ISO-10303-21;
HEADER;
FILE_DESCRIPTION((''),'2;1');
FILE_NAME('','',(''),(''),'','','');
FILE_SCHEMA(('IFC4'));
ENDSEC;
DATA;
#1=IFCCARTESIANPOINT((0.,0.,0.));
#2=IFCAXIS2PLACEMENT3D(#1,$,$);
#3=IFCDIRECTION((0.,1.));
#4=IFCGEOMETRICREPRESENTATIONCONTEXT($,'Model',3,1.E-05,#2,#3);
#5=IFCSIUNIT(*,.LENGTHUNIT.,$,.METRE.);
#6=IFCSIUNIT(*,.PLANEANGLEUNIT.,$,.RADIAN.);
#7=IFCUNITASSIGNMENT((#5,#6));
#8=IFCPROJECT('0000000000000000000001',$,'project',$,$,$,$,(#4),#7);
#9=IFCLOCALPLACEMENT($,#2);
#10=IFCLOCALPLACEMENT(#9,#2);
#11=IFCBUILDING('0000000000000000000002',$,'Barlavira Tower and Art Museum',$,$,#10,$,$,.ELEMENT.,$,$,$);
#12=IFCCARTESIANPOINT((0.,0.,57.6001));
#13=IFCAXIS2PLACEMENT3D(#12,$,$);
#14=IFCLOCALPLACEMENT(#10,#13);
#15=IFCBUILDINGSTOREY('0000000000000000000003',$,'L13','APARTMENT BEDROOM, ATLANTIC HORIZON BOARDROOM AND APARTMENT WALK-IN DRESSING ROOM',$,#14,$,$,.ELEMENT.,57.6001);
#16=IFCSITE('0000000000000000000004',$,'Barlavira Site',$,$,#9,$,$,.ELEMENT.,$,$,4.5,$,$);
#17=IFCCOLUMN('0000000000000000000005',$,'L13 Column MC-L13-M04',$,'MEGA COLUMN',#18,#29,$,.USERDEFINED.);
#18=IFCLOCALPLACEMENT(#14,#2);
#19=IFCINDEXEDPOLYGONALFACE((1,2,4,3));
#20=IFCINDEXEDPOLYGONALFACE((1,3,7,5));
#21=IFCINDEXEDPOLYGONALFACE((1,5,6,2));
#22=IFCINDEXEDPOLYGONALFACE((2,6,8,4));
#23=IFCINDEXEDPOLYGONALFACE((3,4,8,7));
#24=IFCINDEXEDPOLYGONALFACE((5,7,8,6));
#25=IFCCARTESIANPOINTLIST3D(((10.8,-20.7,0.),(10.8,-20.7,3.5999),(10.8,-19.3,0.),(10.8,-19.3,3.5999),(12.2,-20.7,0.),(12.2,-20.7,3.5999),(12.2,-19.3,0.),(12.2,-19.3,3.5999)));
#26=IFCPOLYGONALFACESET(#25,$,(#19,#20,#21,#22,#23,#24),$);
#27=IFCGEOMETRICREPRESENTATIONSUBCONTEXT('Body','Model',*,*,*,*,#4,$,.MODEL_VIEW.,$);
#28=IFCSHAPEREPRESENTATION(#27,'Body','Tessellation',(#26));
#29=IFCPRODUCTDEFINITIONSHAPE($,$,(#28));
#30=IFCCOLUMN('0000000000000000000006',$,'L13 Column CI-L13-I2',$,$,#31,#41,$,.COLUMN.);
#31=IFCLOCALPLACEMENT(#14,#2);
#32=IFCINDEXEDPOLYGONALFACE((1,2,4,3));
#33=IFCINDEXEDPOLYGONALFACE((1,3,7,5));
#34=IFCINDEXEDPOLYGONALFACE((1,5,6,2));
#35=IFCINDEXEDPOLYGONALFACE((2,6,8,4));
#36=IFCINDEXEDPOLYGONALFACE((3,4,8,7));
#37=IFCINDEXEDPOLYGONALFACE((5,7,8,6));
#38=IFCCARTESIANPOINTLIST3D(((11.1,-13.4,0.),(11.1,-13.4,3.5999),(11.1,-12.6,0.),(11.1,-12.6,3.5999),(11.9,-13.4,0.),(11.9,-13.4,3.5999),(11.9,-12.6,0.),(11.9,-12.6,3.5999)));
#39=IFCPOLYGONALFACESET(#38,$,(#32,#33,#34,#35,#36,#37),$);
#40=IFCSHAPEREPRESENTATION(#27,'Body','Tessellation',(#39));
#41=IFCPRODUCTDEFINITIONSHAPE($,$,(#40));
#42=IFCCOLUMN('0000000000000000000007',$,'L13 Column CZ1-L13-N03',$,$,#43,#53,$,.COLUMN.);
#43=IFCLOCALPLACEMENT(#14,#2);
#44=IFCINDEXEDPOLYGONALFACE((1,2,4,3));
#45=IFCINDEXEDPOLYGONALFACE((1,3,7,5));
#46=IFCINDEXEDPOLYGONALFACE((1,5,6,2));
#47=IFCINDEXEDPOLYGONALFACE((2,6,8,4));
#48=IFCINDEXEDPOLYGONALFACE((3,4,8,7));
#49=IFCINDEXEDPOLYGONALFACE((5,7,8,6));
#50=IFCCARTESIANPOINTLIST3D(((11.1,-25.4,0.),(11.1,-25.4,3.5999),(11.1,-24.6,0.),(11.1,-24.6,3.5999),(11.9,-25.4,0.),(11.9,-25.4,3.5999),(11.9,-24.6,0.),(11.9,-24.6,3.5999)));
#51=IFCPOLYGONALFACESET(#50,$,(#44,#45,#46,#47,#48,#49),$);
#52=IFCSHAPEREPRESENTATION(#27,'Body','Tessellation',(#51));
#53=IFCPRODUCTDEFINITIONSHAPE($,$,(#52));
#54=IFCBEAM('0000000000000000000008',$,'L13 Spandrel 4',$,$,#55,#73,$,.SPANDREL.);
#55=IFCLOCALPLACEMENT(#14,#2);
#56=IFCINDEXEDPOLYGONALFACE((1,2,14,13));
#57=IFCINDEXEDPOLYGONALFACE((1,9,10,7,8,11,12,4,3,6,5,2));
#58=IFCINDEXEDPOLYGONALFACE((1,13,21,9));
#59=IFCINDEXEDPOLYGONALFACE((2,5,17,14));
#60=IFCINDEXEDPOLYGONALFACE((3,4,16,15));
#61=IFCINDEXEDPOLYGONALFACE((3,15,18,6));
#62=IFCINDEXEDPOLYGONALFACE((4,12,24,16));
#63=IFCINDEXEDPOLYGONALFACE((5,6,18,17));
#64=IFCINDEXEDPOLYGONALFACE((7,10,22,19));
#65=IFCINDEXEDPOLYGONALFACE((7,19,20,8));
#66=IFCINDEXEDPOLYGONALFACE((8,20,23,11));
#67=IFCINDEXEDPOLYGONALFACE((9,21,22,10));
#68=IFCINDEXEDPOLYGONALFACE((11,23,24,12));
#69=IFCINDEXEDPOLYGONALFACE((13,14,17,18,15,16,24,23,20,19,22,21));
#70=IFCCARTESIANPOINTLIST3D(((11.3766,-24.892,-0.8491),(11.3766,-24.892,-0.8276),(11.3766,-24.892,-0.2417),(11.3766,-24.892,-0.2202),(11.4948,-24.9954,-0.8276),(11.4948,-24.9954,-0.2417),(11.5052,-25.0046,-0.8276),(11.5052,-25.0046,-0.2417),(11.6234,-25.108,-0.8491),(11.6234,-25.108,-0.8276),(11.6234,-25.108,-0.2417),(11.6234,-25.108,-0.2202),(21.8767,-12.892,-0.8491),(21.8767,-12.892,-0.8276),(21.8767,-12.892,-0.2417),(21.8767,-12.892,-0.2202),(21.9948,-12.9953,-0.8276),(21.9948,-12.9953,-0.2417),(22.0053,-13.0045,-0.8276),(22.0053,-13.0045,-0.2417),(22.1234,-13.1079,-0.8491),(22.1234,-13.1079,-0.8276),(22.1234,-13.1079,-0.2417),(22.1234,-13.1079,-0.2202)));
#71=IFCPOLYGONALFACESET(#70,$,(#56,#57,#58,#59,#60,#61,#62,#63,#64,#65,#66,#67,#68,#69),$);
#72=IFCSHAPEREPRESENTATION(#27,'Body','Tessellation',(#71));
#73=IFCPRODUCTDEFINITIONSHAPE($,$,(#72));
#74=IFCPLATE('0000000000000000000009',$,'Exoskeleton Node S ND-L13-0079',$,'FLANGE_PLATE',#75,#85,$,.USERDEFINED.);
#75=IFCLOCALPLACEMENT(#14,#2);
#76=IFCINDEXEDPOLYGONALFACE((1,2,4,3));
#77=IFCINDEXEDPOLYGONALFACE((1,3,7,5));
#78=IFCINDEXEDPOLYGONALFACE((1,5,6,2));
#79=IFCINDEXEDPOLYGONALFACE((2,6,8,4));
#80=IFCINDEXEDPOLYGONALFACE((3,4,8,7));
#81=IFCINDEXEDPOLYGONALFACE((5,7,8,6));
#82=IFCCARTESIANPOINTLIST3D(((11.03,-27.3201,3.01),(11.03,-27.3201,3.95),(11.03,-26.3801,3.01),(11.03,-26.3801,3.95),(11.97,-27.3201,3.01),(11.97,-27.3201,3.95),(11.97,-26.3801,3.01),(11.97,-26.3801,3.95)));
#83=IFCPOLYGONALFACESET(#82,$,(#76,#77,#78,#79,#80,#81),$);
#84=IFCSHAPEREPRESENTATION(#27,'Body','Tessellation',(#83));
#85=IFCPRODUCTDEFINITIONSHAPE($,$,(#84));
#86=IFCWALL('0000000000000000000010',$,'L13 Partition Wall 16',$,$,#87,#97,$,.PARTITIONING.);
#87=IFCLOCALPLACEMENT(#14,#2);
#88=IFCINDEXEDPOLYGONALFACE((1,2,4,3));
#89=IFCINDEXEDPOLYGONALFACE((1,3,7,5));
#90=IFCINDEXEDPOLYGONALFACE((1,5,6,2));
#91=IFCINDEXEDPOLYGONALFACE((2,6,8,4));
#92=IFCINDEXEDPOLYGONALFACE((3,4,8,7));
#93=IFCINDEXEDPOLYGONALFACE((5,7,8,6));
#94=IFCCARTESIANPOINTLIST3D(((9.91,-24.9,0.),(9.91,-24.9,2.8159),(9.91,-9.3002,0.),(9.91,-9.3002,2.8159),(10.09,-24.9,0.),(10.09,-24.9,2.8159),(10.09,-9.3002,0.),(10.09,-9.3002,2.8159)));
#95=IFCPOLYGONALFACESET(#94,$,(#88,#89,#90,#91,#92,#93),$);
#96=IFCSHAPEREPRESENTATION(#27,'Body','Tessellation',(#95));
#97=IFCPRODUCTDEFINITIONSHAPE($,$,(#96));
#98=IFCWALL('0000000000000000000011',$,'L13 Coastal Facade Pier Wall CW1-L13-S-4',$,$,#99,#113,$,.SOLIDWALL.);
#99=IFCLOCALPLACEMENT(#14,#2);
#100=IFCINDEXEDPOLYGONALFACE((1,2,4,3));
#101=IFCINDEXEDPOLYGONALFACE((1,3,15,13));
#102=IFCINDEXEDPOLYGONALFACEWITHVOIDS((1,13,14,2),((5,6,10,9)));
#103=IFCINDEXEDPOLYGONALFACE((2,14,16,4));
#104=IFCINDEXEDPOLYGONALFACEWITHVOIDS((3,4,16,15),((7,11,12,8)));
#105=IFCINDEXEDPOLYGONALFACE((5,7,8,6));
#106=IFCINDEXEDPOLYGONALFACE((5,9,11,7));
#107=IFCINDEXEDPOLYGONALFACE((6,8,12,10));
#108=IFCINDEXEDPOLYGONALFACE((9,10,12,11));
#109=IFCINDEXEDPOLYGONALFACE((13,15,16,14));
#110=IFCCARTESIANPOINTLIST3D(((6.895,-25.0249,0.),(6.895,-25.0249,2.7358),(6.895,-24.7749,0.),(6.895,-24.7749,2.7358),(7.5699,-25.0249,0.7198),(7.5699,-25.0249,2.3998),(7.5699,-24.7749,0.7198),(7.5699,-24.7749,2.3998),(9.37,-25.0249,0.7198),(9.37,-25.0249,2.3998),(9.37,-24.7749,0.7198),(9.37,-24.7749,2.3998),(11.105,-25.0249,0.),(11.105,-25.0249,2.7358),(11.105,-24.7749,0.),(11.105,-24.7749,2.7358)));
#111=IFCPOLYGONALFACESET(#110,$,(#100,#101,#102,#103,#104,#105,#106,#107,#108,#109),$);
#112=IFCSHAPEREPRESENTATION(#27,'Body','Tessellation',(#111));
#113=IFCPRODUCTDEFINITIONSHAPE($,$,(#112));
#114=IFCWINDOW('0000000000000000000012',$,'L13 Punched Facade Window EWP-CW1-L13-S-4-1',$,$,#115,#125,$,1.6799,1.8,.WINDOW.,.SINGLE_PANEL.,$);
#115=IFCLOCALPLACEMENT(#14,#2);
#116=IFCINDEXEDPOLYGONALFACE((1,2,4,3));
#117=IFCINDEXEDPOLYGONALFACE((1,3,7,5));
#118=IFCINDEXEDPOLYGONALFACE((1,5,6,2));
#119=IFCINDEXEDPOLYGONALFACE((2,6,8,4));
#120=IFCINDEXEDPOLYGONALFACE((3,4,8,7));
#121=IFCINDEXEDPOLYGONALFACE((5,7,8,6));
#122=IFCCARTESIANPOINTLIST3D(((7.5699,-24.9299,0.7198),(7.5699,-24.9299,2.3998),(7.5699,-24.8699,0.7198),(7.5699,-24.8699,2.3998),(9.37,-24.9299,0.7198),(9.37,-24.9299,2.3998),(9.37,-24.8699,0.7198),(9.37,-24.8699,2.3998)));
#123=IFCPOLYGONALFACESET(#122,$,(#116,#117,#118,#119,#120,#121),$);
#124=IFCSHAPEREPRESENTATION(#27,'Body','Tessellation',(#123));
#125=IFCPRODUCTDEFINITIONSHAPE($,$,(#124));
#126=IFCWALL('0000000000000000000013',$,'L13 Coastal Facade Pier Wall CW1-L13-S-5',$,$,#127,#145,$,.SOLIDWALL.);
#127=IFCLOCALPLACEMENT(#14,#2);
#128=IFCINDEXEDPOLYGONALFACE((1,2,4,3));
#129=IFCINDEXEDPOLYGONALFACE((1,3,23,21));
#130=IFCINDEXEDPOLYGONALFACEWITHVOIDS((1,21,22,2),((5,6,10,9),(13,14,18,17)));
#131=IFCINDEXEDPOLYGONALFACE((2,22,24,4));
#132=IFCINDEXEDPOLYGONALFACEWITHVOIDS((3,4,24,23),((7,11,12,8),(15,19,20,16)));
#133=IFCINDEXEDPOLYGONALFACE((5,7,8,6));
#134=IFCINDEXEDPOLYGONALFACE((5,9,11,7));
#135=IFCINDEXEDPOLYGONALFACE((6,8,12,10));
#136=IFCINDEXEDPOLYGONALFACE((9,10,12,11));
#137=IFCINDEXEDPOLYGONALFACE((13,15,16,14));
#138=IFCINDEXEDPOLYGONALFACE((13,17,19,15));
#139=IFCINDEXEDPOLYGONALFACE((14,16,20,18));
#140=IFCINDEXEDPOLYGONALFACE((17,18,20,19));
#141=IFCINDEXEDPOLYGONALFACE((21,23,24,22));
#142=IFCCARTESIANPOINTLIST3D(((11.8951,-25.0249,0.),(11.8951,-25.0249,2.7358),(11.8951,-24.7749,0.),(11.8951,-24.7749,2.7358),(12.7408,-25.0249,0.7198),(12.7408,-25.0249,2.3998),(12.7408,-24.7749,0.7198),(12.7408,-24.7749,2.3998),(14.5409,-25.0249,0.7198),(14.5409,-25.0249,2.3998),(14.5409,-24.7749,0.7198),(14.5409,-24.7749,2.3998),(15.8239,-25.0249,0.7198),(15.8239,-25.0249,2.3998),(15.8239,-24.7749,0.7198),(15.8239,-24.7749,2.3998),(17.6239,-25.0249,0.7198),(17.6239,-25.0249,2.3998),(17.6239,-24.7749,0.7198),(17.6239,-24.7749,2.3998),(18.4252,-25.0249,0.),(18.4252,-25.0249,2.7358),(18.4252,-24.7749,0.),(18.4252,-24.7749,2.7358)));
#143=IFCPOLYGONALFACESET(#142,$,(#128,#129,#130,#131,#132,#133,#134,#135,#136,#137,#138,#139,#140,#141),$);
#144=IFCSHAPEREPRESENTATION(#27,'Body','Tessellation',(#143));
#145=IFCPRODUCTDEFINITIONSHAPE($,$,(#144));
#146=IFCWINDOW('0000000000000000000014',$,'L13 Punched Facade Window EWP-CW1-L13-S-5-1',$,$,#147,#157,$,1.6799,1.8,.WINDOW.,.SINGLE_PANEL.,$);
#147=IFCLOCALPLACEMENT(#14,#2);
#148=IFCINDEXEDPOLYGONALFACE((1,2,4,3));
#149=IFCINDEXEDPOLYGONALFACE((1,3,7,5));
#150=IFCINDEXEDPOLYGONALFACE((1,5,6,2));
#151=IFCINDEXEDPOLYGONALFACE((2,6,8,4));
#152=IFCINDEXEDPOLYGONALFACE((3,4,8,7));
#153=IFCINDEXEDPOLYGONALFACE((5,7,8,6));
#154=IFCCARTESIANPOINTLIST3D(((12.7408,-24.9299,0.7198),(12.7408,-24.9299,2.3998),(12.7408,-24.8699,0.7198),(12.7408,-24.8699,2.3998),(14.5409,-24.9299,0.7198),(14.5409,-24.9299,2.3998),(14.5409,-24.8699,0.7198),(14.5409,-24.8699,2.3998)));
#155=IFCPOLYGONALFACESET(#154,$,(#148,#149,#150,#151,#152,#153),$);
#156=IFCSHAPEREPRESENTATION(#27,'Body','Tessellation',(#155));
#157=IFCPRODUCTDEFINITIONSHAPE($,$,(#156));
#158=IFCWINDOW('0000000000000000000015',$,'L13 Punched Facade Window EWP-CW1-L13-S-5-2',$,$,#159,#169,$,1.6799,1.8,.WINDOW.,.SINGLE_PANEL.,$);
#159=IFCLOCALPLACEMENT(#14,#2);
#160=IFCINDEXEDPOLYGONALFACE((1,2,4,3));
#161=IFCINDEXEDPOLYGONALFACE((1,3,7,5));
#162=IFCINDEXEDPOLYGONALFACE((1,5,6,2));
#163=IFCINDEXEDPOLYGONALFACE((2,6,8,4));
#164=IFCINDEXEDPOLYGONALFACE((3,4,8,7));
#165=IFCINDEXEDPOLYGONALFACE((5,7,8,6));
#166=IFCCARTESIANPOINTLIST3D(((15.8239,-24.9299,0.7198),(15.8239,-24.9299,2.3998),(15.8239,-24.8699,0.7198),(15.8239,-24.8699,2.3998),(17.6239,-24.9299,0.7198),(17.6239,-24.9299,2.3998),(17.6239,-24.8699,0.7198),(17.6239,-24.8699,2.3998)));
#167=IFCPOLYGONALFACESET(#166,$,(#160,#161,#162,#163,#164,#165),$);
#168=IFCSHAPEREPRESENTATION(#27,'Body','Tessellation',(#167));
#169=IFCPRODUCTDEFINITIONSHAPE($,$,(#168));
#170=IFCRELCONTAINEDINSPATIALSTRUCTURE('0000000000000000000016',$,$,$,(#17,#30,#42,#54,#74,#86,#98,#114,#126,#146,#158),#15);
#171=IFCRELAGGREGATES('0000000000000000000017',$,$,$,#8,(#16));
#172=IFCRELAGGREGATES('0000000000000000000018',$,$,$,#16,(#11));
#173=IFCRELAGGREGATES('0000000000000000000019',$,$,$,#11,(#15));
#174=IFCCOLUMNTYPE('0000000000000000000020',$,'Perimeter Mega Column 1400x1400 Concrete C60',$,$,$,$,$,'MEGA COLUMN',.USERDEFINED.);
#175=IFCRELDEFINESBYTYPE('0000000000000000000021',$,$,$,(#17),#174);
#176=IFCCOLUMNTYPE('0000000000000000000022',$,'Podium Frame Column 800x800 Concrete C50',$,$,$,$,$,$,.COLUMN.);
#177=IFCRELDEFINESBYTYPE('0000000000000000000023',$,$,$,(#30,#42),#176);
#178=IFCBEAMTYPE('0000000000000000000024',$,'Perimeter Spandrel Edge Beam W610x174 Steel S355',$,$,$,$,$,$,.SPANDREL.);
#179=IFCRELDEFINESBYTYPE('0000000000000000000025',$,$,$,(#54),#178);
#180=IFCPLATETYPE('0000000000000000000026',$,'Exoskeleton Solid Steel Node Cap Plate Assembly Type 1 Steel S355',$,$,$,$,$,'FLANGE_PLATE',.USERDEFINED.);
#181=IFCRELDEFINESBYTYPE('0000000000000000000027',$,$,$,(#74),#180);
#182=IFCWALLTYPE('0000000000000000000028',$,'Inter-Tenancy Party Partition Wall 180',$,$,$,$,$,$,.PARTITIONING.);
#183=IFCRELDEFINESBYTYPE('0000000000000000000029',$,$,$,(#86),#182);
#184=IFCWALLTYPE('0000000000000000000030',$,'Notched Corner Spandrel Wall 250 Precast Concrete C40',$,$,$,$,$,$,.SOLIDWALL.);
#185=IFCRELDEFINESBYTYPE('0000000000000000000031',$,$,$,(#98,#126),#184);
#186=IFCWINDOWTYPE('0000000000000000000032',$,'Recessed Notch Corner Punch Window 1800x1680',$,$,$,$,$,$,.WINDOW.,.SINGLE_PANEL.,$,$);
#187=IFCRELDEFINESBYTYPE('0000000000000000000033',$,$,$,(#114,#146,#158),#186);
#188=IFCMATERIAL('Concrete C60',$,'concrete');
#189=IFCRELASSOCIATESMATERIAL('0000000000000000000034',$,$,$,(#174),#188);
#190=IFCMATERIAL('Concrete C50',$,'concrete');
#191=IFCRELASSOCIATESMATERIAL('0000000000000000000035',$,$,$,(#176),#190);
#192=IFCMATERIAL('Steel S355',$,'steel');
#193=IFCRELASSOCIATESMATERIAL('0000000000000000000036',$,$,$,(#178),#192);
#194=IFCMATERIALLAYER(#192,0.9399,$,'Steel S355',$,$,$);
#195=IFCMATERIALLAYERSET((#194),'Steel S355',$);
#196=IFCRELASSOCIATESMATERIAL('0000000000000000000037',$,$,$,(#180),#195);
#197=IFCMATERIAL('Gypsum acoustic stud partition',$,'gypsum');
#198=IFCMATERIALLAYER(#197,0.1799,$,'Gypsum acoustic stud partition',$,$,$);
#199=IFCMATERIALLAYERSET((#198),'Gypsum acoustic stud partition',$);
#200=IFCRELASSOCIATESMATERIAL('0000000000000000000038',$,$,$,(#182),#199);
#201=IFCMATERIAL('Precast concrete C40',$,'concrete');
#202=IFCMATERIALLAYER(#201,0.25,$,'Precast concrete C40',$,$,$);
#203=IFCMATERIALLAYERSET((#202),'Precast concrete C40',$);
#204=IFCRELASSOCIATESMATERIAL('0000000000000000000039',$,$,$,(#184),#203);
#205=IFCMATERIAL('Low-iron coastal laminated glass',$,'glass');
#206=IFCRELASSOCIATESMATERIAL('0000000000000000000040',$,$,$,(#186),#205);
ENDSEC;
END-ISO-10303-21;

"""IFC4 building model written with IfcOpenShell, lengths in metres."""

from ifc_helpers import new_model, si_unit, direction, frame, frame_2d, origin, origin_2d, place, context, subcontext, project, spatial, rectangle, i_section, extrude, material, layer, layer_set, material_profile, profile_set, type_object, element, fill, save


model = new_model("IFC4")

# Units and contexts
model_context = context("Model", 3, precision=1e-05, world=origin(), true_north=direction((0.0, 1.0)))
body_context = subcontext(model_context, "Body", "Model", "MODEL_VIEW")
ifc_project = project(units=[si_unit("LENGTHUNIT", "METRE"), si_unit("PLANEANGLEUNIT", "RADIAN")], contexts=[model_context])

# Site, building, storey
site_placement = place(None, origin())
site = spatial("IfcSite", under=ifc_project, at=site_placement, Name="Barlavira Site", CompositionType="ELEMENT", RefElevation=4.5)
building_placement = place(site_placement, origin())
building = spatial("IfcBuilding", under=site, at=building_placement, Name="Barlavira Tower and Art Museum", CompositionType="ELEMENT")
storey_placement = place(building_placement, frame((0.0, 0.0, 57.6001)))
storey = spatial("IfcBuildingStorey", under=building, at=storey_placement, Name="L13", Description="APARTMENT BEDROOM, ATLANTIC HORIZON BOARDROOM AND APARTMENT WALK-IN DRESSING ROOM", CompositionType="ELEMENT", Elevation=57.6001)

# Columns
ifc_material_1 = material(Name="Concrete C60", Category="concrete")
ifc_material_profile_1 = material_profile(ifc_material_1, rectangle(XDim=1.3999, YDim=1.3999, at=origin_2d()), Name="RC-MCOL 1400x1400")
ifc_profile_set_1 = profile_set([ifc_material_profile_1], Name="Concrete C60")
column_type_1 = type_object("IfcColumnType", Name="Perimeter Mega Column 1400x1400 Concrete C60", ElementType="MEGA COLUMN", PredefinedType="USERDEFINED", material=ifc_profile_set_1)
column_placement = place(storey_placement, frame((11.5, -20.0, 0.0), z_axis=(0.0, 0.0, 1.0), x_axis=(1.0, 0.0, 0.0)))
element("IfcColumn", 1, at=column_placement, inside=storey, type_object=column_type_1, Name="L13 Column MC-L13-M04", ObjectType="MEGA COLUMN", PredefinedType="USERDEFINED", context=body_context, shape_type="SweptSolid", body=[
    extrude(rectangle(XDim=1.3999, YDim=1.3999, at=origin_2d()), origin(), (0.0, 0.0, 1.0), 3.5999),
])
ifc_material_2 = material(Name="Concrete C50", Category="concrete")
ifc_material_profile_2 = material_profile(ifc_material_2, rectangle(XDim=0.8, YDim=0.8, at=origin_2d()), Name="RC-COL 800x800")
ifc_profile_set_2 = profile_set([ifc_material_profile_2], Name="Concrete C50")
column_type_2 = type_object("IfcColumnType", Name="Podium Frame Column 800x800 Concrete C50", PredefinedType="COLUMN", material=ifc_profile_set_2)
for number, where, z_axis, x_axis, name in (
    (2, (11.5, -13.0, 0.0), (0.0, 0.0, 1.0), (1.0, 0.0, 0.0), "L13 Column CI-L13-I2"),
    (3, (11.5, -25.0, 0.0), (0.0, 0.0, 1.0), (1.0, 0.0, 0.0), "L13 Column CZ1-L13-N03"),
):
    element("IfcColumn", number, at=place(storey_placement, frame(where, z_axis=z_axis, x_axis=x_axis)), inside=storey, type_object=column_type_2, Name=name, PredefinedType="COLUMN", context=body_context, shape_type="SweptSolid", body=[
        extrude(rectangle(XDim=0.8, YDim=0.8, at=origin_2d()), origin(), (0.0, 0.0, 1.0), 3.5999),
    ])

# Beam
ifc_material_3 = material(Name="Steel S355", Category="steel")
ifc_material_profile_3 = material_profile(ifc_material_3, i_section(OverallWidth=0.3279, OverallDepth=0.6289, WebThickness=0.0139, FlangeThickness=0.0215, at=origin_2d()), Name="W610x174.0")
ifc_profile_set_3 = profile_set([ifc_material_profile_3], Name="Steel S355")
beam_type = type_object("IfcBeamType", Name="Perimeter Spandrel Edge Beam W610x174 Steel S355", PredefinedType="SPANDREL", material=ifc_profile_set_3)
beam_placement = place(storey_placement, frame((11.5, -25.0, -0.5347), z_axis=(0.658505, 0.752577, 0.0), x_axis=(-0.752577, 0.658505, 0.0)))
element("IfcBeam", 4, at=beam_placement, inside=storey, type_object=beam_type, Name="L13 Spandrel 4", PredefinedType="SPANDREL", context=body_context, shape_type="SweptSolid", body=[
    extrude(i_section(OverallWidth=0.3279, OverallDepth=0.6289, WebThickness=0.0139, FlangeThickness=0.0215, at=origin_2d()), origin(), (0.0, 0.0, 1.0), 15.9453),
])

# Plate
ifc_layer_1 = layer(ifc_material_3, 0.9399, Name="Steel S355")
ifc_layer_set_1 = layer_set([ifc_layer_1], Name="Steel S355")
plate_type = type_object("IfcPlateType", Name="Exoskeleton Solid Steel Node Cap Plate Assembly Type 1 Steel S355", ElementType="FLANGE_PLATE", PredefinedType="USERDEFINED", material=ifc_layer_set_1)
plate_placement = place(storey_placement, frame((11.5, -26.8501, 3.01), z_axis=(0.0, 0.0, 1.0), x_axis=(1.0, 0.0, 0.0)))
element("IfcPlate", 5, at=plate_placement, inside=storey, type_object=plate_type, Name="Exoskeleton Node S ND-L13-0079", ObjectType="FLANGE_PLATE", PredefinedType="USERDEFINED", context=body_context, shape_type="SweptSolid", body=[
    extrude(rectangle(XDim=0.9399, YDim=0.9399, at=origin_2d()), origin(), (0.0, 0.0, 1.0), 0.9399),
])

# Wall
ifc_material_4 = material(Name="Gypsum acoustic stud partition", Category="gypsum")
ifc_layer_2 = layer(ifc_material_4, 0.1799, Name="Gypsum acoustic stud partition")
ifc_layer_set_2 = layer_set([ifc_layer_2], Name="Gypsum acoustic stud partition")
wall_type_1 = type_object("IfcWallType", Name="Inter-Tenancy Party Partition Wall 180", PredefinedType="PARTITIONING", material=ifc_layer_set_2)
wall_1_placement = place(storey_placement, frame((10.0, -24.8999, 0.0), z_axis=(0.0, 0.0, 1.0), x_axis=(0.0, 1.0, 0.0)))
element("IfcWall", 6, at=wall_1_placement, inside=storey, type_object=wall_type_1, Name="L13 Partition Wall 16", PredefinedType="PARTITIONING", context=body_context, shape_type="SweptSolid", body=[
    extrude(rectangle(XDim=15.5999, YDim=0.1799, at=frame_2d((7.7998, 0.0))), origin(), (0.0, 0.0, 1.0), 2.8159),
])

# Wall, opening, window
ifc_material_5 = material(Name="Precast concrete C40", Category="concrete")
ifc_layer_3 = layer(ifc_material_5, 0.25, Name="Precast concrete C40")
ifc_layer_set_3 = layer_set([ifc_layer_3], Name="Precast concrete C40")
wall_type_2 = type_object("IfcWallType", Name="Notched Corner Spandrel Wall 250 Precast Concrete C40", PredefinedType="SOLIDWALL", material=ifc_layer_set_3)
wall_2_placement = place(storey_placement, frame((6.895, -24.8999, 0.0), z_axis=(0.0, 0.0, 1.0), x_axis=(1.0, 0.0, 0.0)))
wall_2 = element("IfcWall", 7, at=wall_2_placement, inside=storey, type_object=wall_type_2, Name="L13 Coastal Facade Pier Wall CW1-L13-S-4", PredefinedType="SOLIDWALL", context=body_context, shape_type="SweptSolid", body=[
    extrude(rectangle(XDim=4.21, YDim=0.25, at=frame_2d((2.105, 0.0))), origin(), (0.0, 0.0, 1.0), 2.7358),
])
opening_1_placement = place(wall_2_placement, frame((0.675, 0.0, 0.72)))
opening_1 = element("IfcOpeningElement", 8, at=opening_1_placement, cuts=wall_2, PredefinedType="OPENING", context=body_context, shape_type="SweptSolid", body=[
    extrude(rectangle(XDim=1.8, YDim=1.6799, at=frame_2d((0.8999, 0.8398))), frame((0.0, 0.135, 0.0), z_axis=(0.0, -1.0, 0.0), x_axis=(1.0, 0.0, 0.0)), (0.0, 0.0, 1.0), 0.27),
])
ifc_material_6 = material(Name="Low-iron coastal laminated glass", Category="glass")
window_type = type_object("IfcWindowType", Name="Recessed Notch Corner Punch Window 1800x1680", PartitioningType="SINGLE_PANEL", PredefinedType="WINDOW", material=ifc_material_6)
window_1_placement = place(opening_1_placement, origin())
window_1 = element("IfcWindow", 9, at=window_1_placement, inside=storey, type_object=window_type, Name="L13 Punched Facade Window EWP-CW1-L13-S-4-1", OverallHeight=1.6799, OverallWidth=1.8, PartitioningType="SINGLE_PANEL", PredefinedType="WINDOW", context=body_context, shape_type="SweptSolid", body=[
    extrude(rectangle(XDim=1.8, YDim=1.6799, at=frame_2d((0.8999, 0.8398))), frame((0.0, 0.03, 0.0), z_axis=(0.0, -1.0, 0.0), x_axis=(1.0, 0.0, 0.0)), (0.0, 0.0, 1.0), 0.0601),
])
fill(opening_1, window_1)

# Wall, openings, windows
wall_3_placement = place(storey_placement, frame((11.895, -24.8999, 0.0), z_axis=(0.0, 0.0, 1.0), x_axis=(1.0, 0.0, 0.0)))
wall_3 = element("IfcWall", 10, at=wall_3_placement, inside=storey, type_object=wall_type_2, Name="L13 Coastal Facade Pier Wall CW1-L13-S-5", PredefinedType="SOLIDWALL", context=body_context, shape_type="SweptSolid", body=[
    extrude(rectangle(XDim=6.53, YDim=0.25, at=frame_2d((3.2651, 0.0))), origin(), (0.0, 0.0, 1.0), 2.7358),
])
opening_2_placement = place(wall_3_placement, frame((0.8459, 0.0, 0.72)))
opening_2 = element("IfcOpeningElement", 11, at=opening_2_placement, cuts=wall_3, PredefinedType="OPENING", context=body_context, shape_type="SweptSolid", body=[
    extrude(rectangle(XDim=1.8, YDim=1.6799, at=frame_2d((0.8999, 0.8398))), frame((0.0, 0.135, 0.0), z_axis=(0.0, -1.0, 0.0), x_axis=(1.0, 0.0, 0.0)), (0.0, 0.0, 1.0), 0.27),
])
opening_3_placement = place(wall_3_placement, frame((3.929, 0.0, 0.72)))
opening_3 = element("IfcOpeningElement", 12, at=opening_3_placement, cuts=wall_3, PredefinedType="OPENING", context=body_context, shape_type="SweptSolid", body=[
    extrude(rectangle(XDim=1.8, YDim=1.6799, at=frame_2d((0.8999, 0.8398))), frame((0.0, 0.135, 0.0), z_axis=(0.0, -1.0, 0.0), x_axis=(1.0, 0.0, 0.0)), (0.0, 0.0, 1.0), 0.27),
])
window_2_placement = place(opening_2_placement, origin())
window_2 = element("IfcWindow", 13, at=window_2_placement, inside=storey, type_object=window_type, Name="L13 Punched Facade Window EWP-CW1-L13-S-5-1", OverallHeight=1.6799, OverallWidth=1.8, PartitioningType="SINGLE_PANEL", PredefinedType="WINDOW", context=body_context, shape_type="SweptSolid", body=[
    extrude(rectangle(XDim=1.8, YDim=1.6799, at=frame_2d((0.8999, 0.8398))), frame((0.0, 0.03, 0.0), z_axis=(0.0, -1.0, 0.0), x_axis=(1.0, 0.0, 0.0)), (0.0, 0.0, 1.0), 0.0601),
])
fill(opening_2, window_2)
window_3_placement = place(opening_3_placement, origin())
window_3 = element("IfcWindow", 14, at=window_3_placement, inside=storey, type_object=window_type, Name="L13 Punched Facade Window EWP-CW1-L13-S-5-2", OverallHeight=1.6799, OverallWidth=1.8, PartitioningType="SINGLE_PANEL", PredefinedType="WINDOW", context=body_context, shape_type="SweptSolid", body=[
    extrude(rectangle(XDim=1.8, YDim=1.6799, at=frame_2d((0.8999, 0.8398))), frame((0.0, 0.03, 0.0), z_axis=(0.0, -1.0, 0.0), x_axis=(1.0, 0.0, 0.0)), (0.0, 0.0, 1.0), 0.0601),
])
fill(opening_3, window_3)

save(model, "model.ifc")
